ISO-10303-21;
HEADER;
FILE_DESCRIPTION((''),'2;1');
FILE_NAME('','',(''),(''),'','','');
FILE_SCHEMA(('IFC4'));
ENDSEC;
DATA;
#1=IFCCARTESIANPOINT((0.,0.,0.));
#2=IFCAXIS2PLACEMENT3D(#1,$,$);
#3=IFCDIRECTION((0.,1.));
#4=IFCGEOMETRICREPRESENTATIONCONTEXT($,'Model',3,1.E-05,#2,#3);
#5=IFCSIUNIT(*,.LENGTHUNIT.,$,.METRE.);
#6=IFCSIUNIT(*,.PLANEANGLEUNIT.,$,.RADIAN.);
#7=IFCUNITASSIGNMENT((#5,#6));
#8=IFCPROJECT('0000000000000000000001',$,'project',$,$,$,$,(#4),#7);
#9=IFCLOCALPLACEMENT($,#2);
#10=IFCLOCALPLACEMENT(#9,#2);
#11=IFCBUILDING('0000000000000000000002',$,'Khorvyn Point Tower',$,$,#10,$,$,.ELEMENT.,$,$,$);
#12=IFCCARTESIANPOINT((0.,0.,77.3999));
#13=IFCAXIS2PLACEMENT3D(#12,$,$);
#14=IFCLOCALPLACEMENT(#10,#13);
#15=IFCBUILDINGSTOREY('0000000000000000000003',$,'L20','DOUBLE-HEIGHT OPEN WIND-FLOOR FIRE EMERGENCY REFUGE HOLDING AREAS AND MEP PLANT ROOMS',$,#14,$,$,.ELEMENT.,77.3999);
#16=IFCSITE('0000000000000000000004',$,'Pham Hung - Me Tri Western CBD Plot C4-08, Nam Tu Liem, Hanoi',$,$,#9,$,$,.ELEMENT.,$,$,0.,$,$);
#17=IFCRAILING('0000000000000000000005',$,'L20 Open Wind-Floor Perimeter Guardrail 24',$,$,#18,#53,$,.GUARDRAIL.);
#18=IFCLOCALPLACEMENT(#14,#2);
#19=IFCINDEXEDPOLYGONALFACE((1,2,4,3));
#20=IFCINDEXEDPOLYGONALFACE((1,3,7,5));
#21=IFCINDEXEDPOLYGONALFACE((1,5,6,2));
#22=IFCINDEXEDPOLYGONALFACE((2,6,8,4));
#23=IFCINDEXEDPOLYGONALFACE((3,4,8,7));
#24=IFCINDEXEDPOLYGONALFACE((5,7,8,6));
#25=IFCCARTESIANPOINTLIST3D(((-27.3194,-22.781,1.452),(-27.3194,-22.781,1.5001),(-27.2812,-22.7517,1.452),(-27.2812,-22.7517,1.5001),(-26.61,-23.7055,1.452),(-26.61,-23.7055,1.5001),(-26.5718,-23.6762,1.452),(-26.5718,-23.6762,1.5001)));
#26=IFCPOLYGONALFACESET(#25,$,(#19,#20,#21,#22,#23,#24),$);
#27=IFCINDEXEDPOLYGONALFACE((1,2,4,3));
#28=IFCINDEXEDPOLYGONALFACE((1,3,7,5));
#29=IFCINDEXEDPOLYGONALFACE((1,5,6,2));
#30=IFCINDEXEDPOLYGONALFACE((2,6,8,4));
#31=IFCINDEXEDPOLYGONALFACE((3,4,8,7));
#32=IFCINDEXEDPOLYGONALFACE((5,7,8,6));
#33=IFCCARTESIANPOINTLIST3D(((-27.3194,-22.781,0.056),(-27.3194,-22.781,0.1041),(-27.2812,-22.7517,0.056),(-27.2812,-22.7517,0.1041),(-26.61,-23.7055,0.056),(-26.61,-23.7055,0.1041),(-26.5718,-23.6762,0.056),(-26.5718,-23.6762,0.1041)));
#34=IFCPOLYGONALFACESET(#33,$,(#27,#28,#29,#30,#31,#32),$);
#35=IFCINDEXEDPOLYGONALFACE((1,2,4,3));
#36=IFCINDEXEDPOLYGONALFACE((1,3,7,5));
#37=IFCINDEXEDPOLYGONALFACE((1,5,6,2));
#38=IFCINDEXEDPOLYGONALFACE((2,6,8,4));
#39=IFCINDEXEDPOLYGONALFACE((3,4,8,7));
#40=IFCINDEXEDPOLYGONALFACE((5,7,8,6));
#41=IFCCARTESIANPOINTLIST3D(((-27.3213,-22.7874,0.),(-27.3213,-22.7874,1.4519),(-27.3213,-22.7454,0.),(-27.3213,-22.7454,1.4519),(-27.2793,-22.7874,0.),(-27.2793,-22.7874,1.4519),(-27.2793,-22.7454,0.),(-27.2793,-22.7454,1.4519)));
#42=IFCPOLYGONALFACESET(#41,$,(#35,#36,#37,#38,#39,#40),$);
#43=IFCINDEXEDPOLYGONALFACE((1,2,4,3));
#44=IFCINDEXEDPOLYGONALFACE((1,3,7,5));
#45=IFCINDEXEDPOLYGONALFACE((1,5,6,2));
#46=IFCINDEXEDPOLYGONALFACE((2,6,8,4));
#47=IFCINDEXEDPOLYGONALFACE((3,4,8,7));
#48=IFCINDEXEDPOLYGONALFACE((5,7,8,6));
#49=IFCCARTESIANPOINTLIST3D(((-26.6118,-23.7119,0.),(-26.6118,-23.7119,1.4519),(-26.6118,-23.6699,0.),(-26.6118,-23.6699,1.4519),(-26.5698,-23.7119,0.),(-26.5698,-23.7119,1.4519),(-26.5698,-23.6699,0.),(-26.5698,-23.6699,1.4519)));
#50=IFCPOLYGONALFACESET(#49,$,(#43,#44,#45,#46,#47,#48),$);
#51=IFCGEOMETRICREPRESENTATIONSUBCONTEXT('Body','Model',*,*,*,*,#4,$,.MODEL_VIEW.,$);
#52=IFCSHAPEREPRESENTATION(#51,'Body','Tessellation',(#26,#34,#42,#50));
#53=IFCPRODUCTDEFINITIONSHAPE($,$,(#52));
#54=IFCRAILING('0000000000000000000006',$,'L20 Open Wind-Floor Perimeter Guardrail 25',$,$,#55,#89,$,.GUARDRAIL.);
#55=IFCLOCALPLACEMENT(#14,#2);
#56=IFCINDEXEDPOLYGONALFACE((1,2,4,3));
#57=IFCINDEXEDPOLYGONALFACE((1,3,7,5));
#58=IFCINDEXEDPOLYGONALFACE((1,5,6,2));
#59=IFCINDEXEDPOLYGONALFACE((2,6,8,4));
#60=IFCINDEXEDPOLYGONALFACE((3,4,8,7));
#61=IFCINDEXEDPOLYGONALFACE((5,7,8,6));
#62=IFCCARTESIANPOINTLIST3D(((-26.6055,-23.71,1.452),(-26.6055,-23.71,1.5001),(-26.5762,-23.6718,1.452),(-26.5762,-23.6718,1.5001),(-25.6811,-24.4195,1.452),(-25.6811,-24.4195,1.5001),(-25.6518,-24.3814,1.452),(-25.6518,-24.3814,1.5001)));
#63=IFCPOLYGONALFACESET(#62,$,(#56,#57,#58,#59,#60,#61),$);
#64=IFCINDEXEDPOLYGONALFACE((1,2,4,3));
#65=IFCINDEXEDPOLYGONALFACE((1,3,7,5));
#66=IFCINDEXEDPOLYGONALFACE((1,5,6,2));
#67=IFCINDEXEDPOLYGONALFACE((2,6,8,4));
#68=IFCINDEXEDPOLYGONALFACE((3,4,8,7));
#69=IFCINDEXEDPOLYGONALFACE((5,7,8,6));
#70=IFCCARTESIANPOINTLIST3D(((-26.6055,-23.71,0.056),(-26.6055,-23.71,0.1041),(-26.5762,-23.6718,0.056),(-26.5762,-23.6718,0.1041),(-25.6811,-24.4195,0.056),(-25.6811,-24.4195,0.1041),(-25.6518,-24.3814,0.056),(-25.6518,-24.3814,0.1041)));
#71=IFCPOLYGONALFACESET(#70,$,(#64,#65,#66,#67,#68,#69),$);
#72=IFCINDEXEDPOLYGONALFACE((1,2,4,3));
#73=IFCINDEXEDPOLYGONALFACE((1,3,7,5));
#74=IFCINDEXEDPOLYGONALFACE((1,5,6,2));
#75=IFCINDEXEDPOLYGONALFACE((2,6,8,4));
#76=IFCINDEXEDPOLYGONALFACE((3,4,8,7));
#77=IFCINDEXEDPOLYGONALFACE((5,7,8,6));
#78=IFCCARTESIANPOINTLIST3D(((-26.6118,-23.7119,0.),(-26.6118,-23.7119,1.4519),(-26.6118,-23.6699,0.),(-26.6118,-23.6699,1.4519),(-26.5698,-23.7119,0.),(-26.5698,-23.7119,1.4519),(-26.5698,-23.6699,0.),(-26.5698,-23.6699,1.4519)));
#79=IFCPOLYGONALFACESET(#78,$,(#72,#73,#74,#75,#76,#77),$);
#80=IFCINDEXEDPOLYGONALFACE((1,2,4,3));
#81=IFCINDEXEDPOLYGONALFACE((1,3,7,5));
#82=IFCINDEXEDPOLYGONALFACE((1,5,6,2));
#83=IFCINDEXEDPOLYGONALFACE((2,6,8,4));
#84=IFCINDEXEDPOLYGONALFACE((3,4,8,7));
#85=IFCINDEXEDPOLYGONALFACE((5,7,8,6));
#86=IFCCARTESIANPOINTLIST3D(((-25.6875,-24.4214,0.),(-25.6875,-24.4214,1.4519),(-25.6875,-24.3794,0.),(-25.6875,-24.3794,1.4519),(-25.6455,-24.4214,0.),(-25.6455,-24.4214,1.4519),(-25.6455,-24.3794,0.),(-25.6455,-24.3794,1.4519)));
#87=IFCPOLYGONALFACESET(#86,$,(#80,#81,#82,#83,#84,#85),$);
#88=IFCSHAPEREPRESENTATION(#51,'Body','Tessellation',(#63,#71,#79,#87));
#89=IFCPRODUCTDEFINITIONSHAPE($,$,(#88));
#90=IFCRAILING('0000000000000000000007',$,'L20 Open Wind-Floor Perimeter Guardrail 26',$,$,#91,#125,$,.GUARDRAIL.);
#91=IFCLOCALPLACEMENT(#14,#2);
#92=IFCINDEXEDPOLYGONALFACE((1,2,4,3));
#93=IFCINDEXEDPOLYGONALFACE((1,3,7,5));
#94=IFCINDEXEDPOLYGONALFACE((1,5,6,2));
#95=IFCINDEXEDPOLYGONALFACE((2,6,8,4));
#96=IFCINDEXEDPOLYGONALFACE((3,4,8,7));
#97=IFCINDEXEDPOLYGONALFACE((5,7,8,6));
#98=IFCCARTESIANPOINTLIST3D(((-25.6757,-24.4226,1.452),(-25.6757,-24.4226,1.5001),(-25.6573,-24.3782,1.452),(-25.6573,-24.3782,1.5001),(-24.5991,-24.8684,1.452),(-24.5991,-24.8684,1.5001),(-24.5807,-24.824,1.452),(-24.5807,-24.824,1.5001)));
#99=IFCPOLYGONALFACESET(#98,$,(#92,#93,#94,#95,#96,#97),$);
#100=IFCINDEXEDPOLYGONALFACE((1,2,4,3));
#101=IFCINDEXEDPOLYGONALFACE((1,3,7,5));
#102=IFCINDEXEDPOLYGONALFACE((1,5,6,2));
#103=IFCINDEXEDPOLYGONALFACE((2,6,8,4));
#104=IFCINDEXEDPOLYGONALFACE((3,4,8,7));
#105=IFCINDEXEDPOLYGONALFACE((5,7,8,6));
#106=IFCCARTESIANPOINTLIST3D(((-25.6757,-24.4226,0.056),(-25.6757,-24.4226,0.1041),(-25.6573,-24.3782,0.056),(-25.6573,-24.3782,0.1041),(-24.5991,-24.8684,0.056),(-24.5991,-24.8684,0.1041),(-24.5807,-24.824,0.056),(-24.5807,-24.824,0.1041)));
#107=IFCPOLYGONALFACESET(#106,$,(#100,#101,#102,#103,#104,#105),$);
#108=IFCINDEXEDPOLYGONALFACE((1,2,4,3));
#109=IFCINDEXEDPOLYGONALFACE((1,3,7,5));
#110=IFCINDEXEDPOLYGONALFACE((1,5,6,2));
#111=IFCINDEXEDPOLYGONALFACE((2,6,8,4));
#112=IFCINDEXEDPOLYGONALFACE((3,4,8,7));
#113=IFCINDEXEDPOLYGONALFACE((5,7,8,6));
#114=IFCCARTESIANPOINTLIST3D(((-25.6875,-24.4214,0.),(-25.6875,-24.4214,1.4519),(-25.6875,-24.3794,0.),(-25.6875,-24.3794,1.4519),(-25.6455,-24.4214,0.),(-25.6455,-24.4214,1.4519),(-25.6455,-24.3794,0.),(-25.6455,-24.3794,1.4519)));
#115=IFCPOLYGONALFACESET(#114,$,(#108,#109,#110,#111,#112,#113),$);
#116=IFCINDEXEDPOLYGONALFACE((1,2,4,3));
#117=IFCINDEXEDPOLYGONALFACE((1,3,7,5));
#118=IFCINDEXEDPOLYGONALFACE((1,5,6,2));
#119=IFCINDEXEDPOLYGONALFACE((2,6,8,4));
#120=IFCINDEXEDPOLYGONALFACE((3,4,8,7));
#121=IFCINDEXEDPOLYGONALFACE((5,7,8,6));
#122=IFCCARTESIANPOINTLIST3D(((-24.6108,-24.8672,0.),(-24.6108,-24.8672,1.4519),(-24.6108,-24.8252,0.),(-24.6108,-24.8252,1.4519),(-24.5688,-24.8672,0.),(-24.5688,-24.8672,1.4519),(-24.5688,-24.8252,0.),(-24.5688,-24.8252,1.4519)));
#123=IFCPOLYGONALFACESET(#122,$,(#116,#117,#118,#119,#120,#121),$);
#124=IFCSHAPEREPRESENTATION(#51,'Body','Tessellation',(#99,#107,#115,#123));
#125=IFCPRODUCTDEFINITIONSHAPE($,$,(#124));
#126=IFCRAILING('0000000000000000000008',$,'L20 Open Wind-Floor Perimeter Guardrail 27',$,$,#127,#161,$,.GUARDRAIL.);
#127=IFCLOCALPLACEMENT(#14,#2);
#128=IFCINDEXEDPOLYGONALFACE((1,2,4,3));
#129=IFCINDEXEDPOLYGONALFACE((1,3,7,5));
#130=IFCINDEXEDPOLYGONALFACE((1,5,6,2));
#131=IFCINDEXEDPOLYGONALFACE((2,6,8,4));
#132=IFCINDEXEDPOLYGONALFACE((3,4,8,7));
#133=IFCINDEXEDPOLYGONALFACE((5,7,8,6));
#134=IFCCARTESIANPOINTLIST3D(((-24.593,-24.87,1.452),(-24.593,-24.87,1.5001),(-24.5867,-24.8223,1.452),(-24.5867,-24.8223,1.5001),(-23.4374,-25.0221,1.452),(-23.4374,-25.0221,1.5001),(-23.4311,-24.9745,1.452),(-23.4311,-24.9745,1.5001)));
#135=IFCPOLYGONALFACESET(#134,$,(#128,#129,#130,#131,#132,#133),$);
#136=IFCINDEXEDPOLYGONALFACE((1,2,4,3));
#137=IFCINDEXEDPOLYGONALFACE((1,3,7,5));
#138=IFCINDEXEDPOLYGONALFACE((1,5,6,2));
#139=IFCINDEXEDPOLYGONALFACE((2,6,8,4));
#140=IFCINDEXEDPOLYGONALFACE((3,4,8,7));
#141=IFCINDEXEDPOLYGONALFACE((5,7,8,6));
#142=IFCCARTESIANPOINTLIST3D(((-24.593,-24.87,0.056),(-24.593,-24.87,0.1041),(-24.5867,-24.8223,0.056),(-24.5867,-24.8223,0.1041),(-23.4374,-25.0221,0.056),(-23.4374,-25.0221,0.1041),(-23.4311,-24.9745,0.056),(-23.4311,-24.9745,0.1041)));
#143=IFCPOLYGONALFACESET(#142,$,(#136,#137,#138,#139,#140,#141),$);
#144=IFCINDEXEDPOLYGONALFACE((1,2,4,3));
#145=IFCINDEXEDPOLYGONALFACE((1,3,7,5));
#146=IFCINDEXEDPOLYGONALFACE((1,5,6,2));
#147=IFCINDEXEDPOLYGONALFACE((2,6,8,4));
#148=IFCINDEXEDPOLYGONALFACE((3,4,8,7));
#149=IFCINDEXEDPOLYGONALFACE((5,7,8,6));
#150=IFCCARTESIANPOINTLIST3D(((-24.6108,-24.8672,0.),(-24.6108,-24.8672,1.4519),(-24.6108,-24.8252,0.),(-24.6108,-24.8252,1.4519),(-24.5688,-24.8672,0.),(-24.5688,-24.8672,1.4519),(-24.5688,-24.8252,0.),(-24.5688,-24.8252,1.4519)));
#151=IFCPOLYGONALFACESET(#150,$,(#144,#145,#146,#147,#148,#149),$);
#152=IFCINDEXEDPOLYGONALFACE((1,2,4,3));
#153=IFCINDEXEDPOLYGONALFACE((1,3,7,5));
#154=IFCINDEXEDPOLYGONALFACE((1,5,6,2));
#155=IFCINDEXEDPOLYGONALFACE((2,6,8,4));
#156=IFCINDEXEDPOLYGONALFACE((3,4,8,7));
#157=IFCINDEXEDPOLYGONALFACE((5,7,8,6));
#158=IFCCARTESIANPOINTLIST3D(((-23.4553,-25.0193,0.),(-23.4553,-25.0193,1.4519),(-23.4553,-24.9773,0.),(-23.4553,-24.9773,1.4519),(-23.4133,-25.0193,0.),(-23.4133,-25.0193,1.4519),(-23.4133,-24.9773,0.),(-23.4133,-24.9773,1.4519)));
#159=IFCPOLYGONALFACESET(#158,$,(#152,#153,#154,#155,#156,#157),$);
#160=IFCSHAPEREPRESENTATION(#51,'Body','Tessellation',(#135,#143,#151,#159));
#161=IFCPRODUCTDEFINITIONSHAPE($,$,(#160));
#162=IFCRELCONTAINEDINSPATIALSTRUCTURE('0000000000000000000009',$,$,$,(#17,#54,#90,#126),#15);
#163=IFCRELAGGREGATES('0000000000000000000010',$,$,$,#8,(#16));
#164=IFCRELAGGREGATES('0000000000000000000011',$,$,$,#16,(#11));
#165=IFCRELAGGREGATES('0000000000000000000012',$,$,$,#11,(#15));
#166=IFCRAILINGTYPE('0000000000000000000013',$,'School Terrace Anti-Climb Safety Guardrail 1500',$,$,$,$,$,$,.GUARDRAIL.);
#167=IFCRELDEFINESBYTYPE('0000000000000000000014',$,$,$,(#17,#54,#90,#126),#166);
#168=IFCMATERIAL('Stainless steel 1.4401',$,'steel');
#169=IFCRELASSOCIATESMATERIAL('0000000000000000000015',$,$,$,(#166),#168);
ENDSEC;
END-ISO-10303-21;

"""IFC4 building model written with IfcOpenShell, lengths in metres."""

from ifc_helpers import new_model, si_unit, direction, frame, origin, origin_2d, place, context, subcontext, project, spatial, rectangle, extrude, material, type_object, element, save


model = new_model("IFC4")

# Units and contexts
model_context = context("Model", 3, precision=1e-05, world=origin(), true_north=direction((0.0, 1.0)))
body_context = subcontext(model_context, "Body", "Model", "MODEL_VIEW")
ifc_project = project(units=[si_unit("LENGTHUNIT", "METRE"), si_unit("PLANEANGLEUNIT", "RADIAN")], contexts=[model_context])

# Site, building, storey
site_placement = place(None, origin())
site = spatial("IfcSite", under=ifc_project, at=site_placement, Name="Pham Hung - Me Tri Western CBD Plot C4-08, Nam Tu Liem, Hanoi", CompositionType="ELEMENT", RefElevation=0.0)
building_placement = place(site_placement, origin())
building = spatial("IfcBuilding", under=site, at=building_placement, Name="Khorvyn Point Tower", CompositionType="ELEMENT")
storey_placement = place(building_placement, frame((0.0, 0.0, 77.3999)))
storey = spatial("IfcBuildingStorey", under=building, at=storey_placement, Name="L20", Description="DOUBLE-HEIGHT OPEN WIND-FLOOR FIRE EMERGENCY REFUGE HOLDING AREAS AND MEP PLANT ROOMS", CompositionType="ELEMENT", Elevation=77.3999)

# Railings
ifc_material_1 = material(Name="Stainless steel 1.4401", Category="steel")
railing_type = type_object("IfcRailingType", Name="School Terrace Anti-Climb Safety Guardrail 1500", PredefinedType="GUARDRAIL", material=ifc_material_1)
railing_1_placement = place(storey_placement, frame((-27.3003, -22.7664, 0.0)))
element("IfcRailing", 1, at=railing_1_placement, inside=storey, type_object=railing_type, Name="L20 Open Wind-Floor Perimeter Guardrail 24", PredefinedType="GUARDRAIL", context=body_context, shape_type="SweptSolid", body=[
    extrude(rectangle(XDim=0.0481, YDim=0.0481, at=origin_2d()), frame((0.0, 0.0, 1.4761), z_axis=(0.608779, -0.79334, 0.0), x_axis=(0.79334, 0.608779, 0.0)), (0.0, 0.0, 1.0), 1.1653),
    extrude(rectangle(XDim=0.0481, YDim=0.0481, at=origin_2d()), frame((0.0, 0.0, 0.0801), z_axis=(0.608779, -0.79334, 0.0), x_axis=(0.79334, 0.608779, 0.0)), (0.0, 0.0, 1.0), 1.1653),
    extrude(rectangle(XDim=0.042, YDim=0.042, at=origin_2d()), origin(), (0.0, 0.0, 1.0), 1.4519),
    extrude(rectangle(XDim=0.042, YDim=0.042, at=origin_2d()), frame((0.7095, -0.9246, 0.0)), (0.0, 0.0, 1.0), 1.4519),
])
railing_2_placement = place(storey_placement, frame((-26.5908, -23.6909, 0.0)))
element("IfcRailing", 2, at=railing_2_placement, inside=storey, type_object=railing_type, Name="L20 Open Wind-Floor Perimeter Guardrail 25", PredefinedType="GUARDRAIL", context=body_context, shape_type="SweptSolid", body=[
    extrude(rectangle(XDim=0.0481, YDim=0.0481, at=origin_2d()), frame((0.0, 0.0, 1.4761), z_axis=(0.793262, -0.60888, 0.0), x_axis=(0.60888, 0.793262, 0.0)), (0.0, 0.0, 1.0), 1.1653),
    extrude(rectangle(XDim=0.0481, YDim=0.0481, at=origin_2d()), frame((0.0, 0.0, 0.0801), z_axis=(0.793262, -0.60888, 0.0), x_axis=(0.60888, 0.793262, 0.0)), (0.0, 0.0, 1.0), 1.1653),
    extrude(rectangle(XDim=0.042, YDim=0.042, at=origin_2d()), origin(), (0.0, 0.0, 1.0), 1.4519),
    extrude(rectangle(XDim=0.042, YDim=0.042, at=origin_2d()), frame((0.9243, -0.7095, 0.0)), (0.0, 0.0, 1.0), 1.4519),
])
railing_3_placement = place(storey_placement, frame((-25.6665, -24.4004, 0.0)))
element("IfcRailing", 3, at=railing_3_placement, inside=storey, type_object=railing_type, Name="L20 Open Wind-Floor Perimeter Guardrail 26", PredefinedType="GUARDRAIL", context=body_context, shape_type="SweptSolid", body=[
    extrude(rectangle(XDim=0.0481, YDim=0.0481, at=origin_2d()), frame((0.0, 0.0, 1.4761), z_axis=(0.92393, -0.382562, 0.0), x_axis=(0.382562, 0.92393, 0.0)), (0.0, 0.0, 1.0), 1.1653),
    extrude(rectangle(XDim=0.0481, YDim=0.0481, at=origin_2d()), frame((0.0, 0.0, 0.0801), z_axis=(0.92393, -0.382562, 0.0), x_axis=(0.382562, 0.92393, 0.0)), (0.0, 0.0, 1.0), 1.1653),
    extrude(rectangle(XDim=0.042, YDim=0.042, at=origin_2d()), origin(), (0.0, 0.0, 1.0), 1.4519),
    extrude(rectangle(XDim=0.042, YDim=0.042, at=origin_2d()), frame((1.0767, -0.4458, 0.0)), (0.0, 0.0, 1.0), 1.4519),
])
railing_4_placement = place(storey_placement, frame((-24.5898, -24.8462, 0.0)))
element("IfcRailing", 4, at=railing_4_placement, inside=storey, type_object=railing_type, Name="L20 Open Wind-Floor Perimeter Guardrail 27", PredefinedType="GUARDRAIL", context=body_context, shape_type="SweptSolid", body=[
    extrude(rectangle(XDim=0.0481, YDim=0.0481, at=origin_2d()), frame((0.0, 0.0, 1.4761), z_axis=(0.991448, -0.130503, 0.0), x_axis=(0.130503, 0.991448, 0.0)), (0.0, 0.0, 1.0), 1.1655),
    extrude(rectangle(XDim=0.0481, YDim=0.0481, at=origin_2d()), frame((0.0, 0.0, 0.0801), z_axis=(0.991448, -0.130503, 0.0), x_axis=(0.130503, 0.991448, 0.0)), (0.0, 0.0, 1.0), 1.1655),
    extrude(rectangle(XDim=0.042, YDim=0.042, at=origin_2d()), origin(), (0.0, 0.0, 1.0), 1.4519),
    extrude(rectangle(XDim=0.042, YDim=0.042, at=origin_2d()), frame((1.1555, -0.1521, 0.0)), (0.0, 0.0, 1.0), 1.4519),
])

save(model, "model.ifc")
